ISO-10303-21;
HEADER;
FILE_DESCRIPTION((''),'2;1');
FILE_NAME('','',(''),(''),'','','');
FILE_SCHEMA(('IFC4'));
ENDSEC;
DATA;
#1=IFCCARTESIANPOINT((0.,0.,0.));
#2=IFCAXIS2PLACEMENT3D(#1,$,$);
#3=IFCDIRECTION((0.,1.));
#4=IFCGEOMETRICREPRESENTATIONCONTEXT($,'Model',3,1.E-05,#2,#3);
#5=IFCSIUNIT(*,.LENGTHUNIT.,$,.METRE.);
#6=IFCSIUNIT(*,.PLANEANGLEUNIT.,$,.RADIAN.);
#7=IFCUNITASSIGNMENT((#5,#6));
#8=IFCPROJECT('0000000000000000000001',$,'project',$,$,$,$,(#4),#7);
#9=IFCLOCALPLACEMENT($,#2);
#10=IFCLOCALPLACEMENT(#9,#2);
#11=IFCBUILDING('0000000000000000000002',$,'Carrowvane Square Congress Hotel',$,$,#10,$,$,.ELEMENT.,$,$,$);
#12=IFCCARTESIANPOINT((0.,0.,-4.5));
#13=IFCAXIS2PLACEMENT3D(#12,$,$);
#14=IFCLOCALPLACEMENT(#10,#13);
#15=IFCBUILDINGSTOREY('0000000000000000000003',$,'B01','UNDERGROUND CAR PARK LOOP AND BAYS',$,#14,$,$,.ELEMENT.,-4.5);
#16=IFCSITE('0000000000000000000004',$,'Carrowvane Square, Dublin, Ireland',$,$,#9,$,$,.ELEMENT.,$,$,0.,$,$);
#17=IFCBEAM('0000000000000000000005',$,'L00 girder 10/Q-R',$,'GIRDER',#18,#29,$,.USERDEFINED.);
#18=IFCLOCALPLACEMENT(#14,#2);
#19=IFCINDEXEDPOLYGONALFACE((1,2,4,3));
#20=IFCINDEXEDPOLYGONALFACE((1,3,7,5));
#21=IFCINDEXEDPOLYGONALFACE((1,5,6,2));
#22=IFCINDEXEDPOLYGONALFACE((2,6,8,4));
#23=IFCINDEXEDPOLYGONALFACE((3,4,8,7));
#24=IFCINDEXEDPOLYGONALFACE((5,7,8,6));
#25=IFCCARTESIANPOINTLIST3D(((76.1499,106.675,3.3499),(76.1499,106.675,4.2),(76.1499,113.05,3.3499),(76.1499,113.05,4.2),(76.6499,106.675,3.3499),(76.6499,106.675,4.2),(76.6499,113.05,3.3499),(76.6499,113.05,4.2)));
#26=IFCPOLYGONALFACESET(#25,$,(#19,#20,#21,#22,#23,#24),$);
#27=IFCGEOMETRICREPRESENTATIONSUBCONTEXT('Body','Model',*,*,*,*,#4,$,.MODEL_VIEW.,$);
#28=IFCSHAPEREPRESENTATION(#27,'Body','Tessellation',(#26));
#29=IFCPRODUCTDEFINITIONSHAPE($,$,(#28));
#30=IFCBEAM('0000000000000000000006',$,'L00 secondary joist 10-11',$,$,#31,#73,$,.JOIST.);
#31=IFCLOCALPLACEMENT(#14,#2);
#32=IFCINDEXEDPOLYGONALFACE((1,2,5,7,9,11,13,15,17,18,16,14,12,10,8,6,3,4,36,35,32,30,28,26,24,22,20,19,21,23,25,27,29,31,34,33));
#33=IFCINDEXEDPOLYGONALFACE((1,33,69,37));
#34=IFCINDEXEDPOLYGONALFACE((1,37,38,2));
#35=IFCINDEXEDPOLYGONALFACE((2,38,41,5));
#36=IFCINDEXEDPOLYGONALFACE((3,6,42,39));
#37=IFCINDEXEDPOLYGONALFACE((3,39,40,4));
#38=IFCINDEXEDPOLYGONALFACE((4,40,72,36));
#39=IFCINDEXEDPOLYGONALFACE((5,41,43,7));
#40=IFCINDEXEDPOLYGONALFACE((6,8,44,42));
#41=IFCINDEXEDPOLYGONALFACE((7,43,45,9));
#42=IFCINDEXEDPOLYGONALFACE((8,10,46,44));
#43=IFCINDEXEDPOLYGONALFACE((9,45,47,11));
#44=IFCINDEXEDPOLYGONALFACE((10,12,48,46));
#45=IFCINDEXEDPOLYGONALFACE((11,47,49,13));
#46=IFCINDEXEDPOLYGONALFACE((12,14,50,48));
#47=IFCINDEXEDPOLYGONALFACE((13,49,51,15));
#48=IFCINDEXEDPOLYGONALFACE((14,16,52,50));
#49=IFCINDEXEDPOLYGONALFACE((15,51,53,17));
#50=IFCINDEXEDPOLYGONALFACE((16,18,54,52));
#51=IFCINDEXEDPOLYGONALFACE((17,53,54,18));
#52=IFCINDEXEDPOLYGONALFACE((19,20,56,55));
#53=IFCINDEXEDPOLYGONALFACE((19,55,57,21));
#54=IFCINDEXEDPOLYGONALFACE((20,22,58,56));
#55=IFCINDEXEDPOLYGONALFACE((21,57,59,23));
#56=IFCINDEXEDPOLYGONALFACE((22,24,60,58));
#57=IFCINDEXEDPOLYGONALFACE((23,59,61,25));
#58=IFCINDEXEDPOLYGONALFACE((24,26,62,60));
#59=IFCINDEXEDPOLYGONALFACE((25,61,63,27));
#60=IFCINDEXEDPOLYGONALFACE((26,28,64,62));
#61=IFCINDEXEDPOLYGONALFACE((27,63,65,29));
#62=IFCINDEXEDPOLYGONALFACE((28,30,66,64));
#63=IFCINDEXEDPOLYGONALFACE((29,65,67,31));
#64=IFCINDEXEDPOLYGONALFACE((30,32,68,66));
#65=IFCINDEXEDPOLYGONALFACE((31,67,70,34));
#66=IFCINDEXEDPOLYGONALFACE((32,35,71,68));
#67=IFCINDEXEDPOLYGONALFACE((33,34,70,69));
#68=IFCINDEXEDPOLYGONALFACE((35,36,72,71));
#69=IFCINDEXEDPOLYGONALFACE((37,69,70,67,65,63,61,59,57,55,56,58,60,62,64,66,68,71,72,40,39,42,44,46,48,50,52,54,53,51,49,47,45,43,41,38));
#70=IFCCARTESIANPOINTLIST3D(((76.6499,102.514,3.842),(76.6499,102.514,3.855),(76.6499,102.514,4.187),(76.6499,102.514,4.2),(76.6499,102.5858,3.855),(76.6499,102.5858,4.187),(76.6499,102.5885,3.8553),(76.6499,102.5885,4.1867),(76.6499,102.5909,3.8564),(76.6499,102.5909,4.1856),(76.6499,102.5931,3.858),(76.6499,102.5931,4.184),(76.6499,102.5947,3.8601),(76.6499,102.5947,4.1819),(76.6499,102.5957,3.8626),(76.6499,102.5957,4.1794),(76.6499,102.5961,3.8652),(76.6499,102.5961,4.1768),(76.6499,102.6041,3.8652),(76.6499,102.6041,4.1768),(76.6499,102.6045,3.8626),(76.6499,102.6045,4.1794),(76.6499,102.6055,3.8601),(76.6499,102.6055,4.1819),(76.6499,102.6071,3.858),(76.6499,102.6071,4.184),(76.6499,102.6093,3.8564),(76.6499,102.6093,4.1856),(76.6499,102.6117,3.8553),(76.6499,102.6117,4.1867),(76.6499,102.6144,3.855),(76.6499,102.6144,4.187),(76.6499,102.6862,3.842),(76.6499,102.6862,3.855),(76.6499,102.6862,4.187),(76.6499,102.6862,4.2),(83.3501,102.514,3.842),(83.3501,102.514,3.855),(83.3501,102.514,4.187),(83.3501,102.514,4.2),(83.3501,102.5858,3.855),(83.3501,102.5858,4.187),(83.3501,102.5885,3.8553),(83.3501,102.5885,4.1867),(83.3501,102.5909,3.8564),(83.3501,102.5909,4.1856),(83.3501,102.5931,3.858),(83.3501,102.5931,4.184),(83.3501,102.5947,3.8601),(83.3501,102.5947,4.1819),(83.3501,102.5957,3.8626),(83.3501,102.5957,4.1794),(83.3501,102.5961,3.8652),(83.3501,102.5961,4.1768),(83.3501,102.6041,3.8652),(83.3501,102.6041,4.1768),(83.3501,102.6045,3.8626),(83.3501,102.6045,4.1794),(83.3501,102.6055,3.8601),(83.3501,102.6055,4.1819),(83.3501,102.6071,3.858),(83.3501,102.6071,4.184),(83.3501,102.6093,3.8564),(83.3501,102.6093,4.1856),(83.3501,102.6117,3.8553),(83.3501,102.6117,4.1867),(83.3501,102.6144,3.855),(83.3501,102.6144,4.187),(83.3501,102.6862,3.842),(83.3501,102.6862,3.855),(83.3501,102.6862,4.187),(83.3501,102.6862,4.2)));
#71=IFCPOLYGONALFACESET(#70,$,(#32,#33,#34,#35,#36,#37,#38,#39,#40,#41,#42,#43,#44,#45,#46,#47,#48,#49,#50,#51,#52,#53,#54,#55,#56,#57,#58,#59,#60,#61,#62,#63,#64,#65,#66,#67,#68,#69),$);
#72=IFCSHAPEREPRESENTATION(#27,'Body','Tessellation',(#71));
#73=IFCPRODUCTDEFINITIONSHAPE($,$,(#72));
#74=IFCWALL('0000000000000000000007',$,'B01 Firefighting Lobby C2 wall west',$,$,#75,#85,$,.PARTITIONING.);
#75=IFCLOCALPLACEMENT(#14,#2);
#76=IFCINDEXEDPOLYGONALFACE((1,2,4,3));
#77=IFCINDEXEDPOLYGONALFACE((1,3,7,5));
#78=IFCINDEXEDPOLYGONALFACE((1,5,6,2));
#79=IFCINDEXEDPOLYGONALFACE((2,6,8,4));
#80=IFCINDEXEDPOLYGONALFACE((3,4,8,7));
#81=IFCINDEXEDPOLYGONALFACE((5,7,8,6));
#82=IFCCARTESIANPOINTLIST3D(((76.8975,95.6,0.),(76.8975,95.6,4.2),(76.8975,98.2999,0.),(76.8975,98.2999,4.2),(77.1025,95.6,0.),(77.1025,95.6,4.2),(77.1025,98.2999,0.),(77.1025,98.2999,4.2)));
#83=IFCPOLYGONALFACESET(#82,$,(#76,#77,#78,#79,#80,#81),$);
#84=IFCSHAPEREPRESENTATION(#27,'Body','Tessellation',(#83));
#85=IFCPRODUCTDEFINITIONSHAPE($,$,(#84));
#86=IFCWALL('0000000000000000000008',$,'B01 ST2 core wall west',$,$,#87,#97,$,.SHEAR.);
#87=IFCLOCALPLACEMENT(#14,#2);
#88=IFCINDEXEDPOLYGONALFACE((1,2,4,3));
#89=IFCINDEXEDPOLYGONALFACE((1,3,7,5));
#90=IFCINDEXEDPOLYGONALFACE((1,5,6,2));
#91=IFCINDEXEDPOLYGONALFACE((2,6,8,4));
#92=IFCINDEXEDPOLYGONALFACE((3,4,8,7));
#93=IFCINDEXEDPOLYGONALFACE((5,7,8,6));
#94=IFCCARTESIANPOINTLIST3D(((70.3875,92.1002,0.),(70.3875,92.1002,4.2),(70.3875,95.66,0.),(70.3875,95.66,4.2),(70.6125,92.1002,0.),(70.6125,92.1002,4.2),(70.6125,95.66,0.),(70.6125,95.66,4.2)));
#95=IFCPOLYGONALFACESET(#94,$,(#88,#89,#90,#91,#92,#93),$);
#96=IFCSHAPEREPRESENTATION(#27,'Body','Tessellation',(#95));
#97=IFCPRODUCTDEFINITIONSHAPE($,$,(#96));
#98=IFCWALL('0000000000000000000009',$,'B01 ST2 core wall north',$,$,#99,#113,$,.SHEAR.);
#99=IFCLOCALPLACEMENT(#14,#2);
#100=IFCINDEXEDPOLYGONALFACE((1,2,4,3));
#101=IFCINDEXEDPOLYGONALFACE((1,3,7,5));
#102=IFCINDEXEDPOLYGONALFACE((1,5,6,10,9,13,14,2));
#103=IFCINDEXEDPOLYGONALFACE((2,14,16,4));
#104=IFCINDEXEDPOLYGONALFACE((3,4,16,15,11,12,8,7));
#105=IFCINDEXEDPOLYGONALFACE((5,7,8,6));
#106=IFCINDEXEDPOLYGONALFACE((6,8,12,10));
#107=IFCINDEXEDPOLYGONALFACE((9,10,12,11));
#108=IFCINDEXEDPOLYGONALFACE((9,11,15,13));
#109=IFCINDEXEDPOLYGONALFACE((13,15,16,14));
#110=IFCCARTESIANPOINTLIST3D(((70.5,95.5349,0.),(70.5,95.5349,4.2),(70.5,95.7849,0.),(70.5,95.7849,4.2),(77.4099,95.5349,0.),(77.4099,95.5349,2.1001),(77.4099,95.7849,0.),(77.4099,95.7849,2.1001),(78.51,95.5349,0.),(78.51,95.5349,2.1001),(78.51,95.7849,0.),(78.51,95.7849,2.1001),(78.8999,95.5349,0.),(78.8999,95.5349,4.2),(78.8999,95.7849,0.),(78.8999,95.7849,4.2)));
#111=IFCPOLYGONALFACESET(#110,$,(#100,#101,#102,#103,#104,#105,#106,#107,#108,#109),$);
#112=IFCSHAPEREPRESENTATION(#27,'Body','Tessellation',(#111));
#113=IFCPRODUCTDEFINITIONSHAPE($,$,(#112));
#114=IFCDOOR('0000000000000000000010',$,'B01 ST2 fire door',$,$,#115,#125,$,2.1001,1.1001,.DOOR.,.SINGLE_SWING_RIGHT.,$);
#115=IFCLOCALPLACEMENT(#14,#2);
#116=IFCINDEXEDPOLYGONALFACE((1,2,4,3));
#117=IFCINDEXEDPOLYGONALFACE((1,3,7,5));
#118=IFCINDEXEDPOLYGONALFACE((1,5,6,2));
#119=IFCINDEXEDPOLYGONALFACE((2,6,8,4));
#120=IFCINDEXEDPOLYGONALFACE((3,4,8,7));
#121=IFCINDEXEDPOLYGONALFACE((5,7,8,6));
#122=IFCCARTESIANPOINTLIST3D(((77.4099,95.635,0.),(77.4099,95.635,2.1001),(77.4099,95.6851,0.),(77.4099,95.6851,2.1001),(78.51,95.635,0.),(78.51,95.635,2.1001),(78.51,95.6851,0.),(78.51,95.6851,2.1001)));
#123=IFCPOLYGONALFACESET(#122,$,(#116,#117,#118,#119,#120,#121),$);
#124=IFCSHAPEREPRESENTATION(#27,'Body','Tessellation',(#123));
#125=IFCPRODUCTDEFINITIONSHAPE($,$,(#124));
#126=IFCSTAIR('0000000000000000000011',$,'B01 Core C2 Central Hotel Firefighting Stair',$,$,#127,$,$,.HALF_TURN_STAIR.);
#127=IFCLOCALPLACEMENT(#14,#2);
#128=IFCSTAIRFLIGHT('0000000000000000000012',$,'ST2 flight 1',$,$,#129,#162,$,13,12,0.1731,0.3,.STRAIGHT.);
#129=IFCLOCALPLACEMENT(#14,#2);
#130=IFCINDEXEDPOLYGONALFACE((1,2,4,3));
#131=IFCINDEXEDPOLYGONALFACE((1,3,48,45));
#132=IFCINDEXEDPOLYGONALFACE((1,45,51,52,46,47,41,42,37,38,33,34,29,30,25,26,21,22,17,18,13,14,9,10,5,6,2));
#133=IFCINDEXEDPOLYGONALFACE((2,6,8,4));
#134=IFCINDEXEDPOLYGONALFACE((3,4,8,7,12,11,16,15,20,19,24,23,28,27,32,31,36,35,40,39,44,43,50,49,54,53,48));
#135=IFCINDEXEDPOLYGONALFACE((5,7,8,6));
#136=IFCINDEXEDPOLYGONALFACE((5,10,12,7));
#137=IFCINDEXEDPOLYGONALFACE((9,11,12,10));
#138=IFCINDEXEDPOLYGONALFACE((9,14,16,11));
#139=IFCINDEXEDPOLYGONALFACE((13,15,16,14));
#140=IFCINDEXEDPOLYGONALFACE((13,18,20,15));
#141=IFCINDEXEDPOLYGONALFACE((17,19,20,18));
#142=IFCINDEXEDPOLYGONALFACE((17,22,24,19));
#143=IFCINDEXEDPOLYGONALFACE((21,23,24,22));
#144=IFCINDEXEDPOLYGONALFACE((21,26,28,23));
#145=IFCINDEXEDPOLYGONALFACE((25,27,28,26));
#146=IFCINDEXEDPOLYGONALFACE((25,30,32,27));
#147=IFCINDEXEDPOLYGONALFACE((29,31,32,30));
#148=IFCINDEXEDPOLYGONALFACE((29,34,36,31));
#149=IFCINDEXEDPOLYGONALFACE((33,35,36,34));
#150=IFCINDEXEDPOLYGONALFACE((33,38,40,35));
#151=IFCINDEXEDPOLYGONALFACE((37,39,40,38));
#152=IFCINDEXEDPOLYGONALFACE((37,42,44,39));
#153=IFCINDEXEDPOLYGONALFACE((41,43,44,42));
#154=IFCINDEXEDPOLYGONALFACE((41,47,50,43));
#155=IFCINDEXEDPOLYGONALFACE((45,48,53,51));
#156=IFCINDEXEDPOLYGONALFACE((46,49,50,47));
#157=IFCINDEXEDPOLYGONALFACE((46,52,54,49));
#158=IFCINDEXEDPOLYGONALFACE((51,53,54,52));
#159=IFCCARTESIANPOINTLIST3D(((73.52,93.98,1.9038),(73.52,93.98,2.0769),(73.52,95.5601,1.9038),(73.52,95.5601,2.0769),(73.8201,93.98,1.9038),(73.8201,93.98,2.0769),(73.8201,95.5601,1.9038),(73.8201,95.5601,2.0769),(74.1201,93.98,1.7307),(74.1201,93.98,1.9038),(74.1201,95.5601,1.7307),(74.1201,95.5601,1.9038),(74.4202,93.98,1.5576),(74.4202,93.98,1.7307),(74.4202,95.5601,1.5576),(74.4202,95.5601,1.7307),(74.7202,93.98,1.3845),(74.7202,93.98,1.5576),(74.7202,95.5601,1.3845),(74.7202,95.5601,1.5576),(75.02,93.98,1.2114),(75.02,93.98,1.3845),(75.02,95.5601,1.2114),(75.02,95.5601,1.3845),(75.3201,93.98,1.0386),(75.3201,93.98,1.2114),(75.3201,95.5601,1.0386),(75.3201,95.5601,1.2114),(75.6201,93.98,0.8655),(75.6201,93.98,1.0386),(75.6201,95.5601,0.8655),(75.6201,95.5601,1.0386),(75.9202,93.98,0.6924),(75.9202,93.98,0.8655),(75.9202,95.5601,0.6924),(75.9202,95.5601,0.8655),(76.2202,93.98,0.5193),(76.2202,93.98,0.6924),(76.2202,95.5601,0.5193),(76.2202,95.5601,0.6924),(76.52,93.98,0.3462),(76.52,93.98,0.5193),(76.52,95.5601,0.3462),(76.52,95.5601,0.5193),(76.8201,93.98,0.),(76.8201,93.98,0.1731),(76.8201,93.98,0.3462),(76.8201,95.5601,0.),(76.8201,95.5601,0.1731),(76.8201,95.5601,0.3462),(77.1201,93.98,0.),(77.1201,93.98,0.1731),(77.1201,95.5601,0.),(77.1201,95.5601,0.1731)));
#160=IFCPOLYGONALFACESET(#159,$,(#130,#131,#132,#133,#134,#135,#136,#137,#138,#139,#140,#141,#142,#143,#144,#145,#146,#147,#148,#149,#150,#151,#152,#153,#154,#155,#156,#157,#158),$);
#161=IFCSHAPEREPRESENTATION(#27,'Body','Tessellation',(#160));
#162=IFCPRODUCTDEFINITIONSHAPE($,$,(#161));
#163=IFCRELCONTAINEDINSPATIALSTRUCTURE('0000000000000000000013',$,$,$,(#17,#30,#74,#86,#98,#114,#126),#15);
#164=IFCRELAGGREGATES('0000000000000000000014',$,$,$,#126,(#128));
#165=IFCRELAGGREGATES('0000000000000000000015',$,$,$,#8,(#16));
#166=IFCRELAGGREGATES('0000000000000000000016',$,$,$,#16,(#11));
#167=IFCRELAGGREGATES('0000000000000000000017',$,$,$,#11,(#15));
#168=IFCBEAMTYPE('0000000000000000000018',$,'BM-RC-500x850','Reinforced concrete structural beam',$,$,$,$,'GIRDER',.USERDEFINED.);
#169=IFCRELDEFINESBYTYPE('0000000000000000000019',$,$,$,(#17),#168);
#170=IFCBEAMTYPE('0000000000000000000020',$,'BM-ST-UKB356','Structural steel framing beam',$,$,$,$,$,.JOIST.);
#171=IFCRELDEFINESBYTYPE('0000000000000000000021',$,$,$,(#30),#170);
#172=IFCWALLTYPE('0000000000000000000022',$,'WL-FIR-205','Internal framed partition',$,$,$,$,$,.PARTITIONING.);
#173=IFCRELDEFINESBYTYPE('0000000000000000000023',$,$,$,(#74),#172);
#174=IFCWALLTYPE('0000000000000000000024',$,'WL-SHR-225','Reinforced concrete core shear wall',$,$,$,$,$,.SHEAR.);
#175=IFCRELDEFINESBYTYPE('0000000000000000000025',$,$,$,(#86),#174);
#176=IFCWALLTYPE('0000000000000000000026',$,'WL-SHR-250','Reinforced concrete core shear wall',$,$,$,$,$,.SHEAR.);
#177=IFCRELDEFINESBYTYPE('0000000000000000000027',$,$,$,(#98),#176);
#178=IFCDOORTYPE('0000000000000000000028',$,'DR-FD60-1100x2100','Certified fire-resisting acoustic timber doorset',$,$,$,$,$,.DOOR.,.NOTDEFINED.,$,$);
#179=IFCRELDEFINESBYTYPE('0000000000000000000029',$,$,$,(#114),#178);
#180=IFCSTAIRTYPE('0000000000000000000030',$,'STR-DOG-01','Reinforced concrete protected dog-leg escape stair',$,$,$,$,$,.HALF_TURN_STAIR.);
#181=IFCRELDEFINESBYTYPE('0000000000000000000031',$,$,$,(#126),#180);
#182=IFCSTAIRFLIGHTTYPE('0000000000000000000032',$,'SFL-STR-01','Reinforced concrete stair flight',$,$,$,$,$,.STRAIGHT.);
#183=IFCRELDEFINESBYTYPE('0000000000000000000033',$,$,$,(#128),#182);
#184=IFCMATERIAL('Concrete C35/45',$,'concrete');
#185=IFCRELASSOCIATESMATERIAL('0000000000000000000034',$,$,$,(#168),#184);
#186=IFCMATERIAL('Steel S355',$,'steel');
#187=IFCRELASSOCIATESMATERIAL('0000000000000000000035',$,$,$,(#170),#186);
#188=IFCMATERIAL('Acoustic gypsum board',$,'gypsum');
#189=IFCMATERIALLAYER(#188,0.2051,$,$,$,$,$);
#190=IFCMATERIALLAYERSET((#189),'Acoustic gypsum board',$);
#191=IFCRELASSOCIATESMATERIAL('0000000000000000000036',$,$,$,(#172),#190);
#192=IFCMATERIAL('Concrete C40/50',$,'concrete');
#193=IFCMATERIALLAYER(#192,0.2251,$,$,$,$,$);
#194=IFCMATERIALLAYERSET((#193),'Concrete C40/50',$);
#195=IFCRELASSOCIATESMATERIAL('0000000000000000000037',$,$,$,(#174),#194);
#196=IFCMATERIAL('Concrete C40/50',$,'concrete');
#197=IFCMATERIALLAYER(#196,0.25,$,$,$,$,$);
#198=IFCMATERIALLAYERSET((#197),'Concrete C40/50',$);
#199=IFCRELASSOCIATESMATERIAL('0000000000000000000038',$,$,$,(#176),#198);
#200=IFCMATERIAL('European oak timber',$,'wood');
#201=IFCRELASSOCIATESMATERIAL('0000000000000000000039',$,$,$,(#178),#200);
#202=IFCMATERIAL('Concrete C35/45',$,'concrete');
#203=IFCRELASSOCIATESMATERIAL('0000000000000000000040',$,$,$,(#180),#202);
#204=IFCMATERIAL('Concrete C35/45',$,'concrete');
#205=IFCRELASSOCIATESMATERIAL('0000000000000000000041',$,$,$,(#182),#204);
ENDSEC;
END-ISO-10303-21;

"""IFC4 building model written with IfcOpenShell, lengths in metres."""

from ifc_helpers import new_model, si_unit, direction, frame, frame_2d, origin, origin_2d, place, context, subcontext, project, spatial, polyline, rectangle, i_section, outline, extrude, material, layer, layer_set, material_profile, profile_set, type_object, element, fill, aggregate, save


model = new_model("IFC4")

# Units and contexts
model_context = context("Model", 3, precision=1e-05, world=origin(), true_north=direction((0.0, 1.0)))
body_context = subcontext(model_context, "Body", "Model", "MODEL_VIEW")
ifc_project = project(units=[si_unit("LENGTHUNIT", "METRE"), si_unit("PLANEANGLEUNIT", "RADIAN")], contexts=[model_context])

# Site, building, storey
site_placement = place(None, origin())
site = spatial("IfcSite", under=ifc_project, at=site_placement, Name="Carrowvane Square, Dublin, Ireland", CompositionType="ELEMENT", RefElevation=0.0)
building_placement = place(site_placement, origin())
building = spatial("IfcBuilding", under=site, at=building_placement, Name="Carrowvane Square Congress Hotel", CompositionType="ELEMENT")
storey_placement = place(building_placement, frame((0.0, 0.0, -4.5)))
storey = spatial("IfcBuildingStorey", under=building, at=storey_placement, Name="B01", Description="UNDERGROUND CAR PARK LOOP AND BAYS", CompositionType="ELEMENT", Elevation=-4.5)

# Beams
ifc_material_1 = material(Name="Concrete C35/45", Category="concrete")
ifc_material_profile_1 = material_profile(ifc_material_1, rectangle(XDim=0.5, YDim=0.8501, at=origin_2d()), Name="RC 500x850")
ifc_profile_set_1 = profile_set([ifc_material_profile_1], Name="Concrete C35/45")
beam_type_1 = type_object("IfcBeamType", Name="BM-RC-500x850", Description="Reinforced concrete structural beam", ElementType="GIRDER", PredefinedType="USERDEFINED", material=ifc_profile_set_1)
beam_1_placement = place(storey_placement, frame((76.3999, 106.675, 3.7749), z_axis=(0.0, 1.0, 0.0), x_axis=(-1.0, 0.0, 0.0)))
element("IfcBeam", 1, at=beam_1_placement, inside=storey, type_object=beam_type_1, Name="L00 girder 10/Q-R", ObjectType="GIRDER", PredefinedType="USERDEFINED", context=body_context, shape_type="SweptSolid", body=[
    extrude(rectangle(XDim=0.5, YDim=0.8501, at=origin_2d()), origin(), (0.0, 0.0, 1.0), 6.375),
])
ifc_material_2 = material(Name="Steel S355", Category="steel")
ifc_material_profile_2 = material_profile(ifc_material_2, i_section(OverallWidth=0.1721, OverallDepth=0.3579, WebThickness=0.0081, FlangeThickness=0.0129, FilletRadius=0.0103, at=origin_2d()), Name="UKB 356x171x57")
ifc_profile_set_2 = profile_set([ifc_material_profile_2], Name="Steel S355")
beam_type_2 = type_object("IfcBeamType", Name="BM-ST-UKB356", Description="Structural steel framing beam", PredefinedType="JOIST", material=ifc_profile_set_2)
beam_2_placement = place(storey_placement, frame((76.6499, 102.6001, 4.021), z_axis=(1.0, 0.0, 0.0), x_axis=(0.0, 1.0, 0.0)))
element("IfcBeam", 2, at=beam_2_placement, inside=storey, type_object=beam_type_2, Name="L00 secondary joist 10-11", PredefinedType="JOIST", context=body_context, shape_type="SweptSolid", body=[
    extrude(i_section(OverallWidth=0.1721, OverallDepth=0.3579, WebThickness=0.0081, FlangeThickness=0.0129, FilletRadius=0.0103, at=origin_2d()), origin(), (0.0, 0.0, 1.0), 6.7002),
])

# Walls
ifc_material_3 = material(Name="Acoustic gypsum board", Category="gypsum")
ifc_layer_1 = layer(ifc_material_3, 0.2051)
ifc_layer_set_1 = layer_set([ifc_layer_1], Name="Acoustic gypsum board")
wall_type_1 = type_object("IfcWallType", Name="WL-FIR-205", Description="Internal framed partition", PredefinedType="PARTITIONING", material=ifc_layer_set_1)
wall_1_placement = place(storey_placement, frame((77.0, 98.3, 0.0), z_axis=(0.0, 0.0, 1.0), x_axis=(0.0, -1.0, 0.0)))
element("IfcWall", 3, at=wall_1_placement, inside=storey, type_object=wall_type_1, Name="B01 Firefighting Lobby C2 wall west", PredefinedType="PARTITIONING", context=body_context, shape_type="SweptSolid", body=[
    extrude(rectangle(XDim=2.7, YDim=0.2051, at=frame_2d((1.3501, 0.0))), origin(), (0.0, 0.0, 1.0), 4.2),
])
ifc_material_4 = material(Name="Concrete C40/50", Category="concrete")
ifc_layer_2 = layer(ifc_material_4, 0.2251)
ifc_layer_set_2 = layer_set([ifc_layer_2], Name="Concrete C40/50")
wall_type_2 = type_object("IfcWallType", Name="WL-SHR-225", Description="Reinforced concrete core shear wall", PredefinedType="SHEAR", material=ifc_layer_set_2)
wall_2_placement = place(storey_placement, frame((70.5, 95.6599, 0.0), z_axis=(0.0, 0.0, 1.0), x_axis=(0.0, -1.0, 0.0)))
element("IfcWall", 4, at=wall_2_placement, inside=storey, type_object=wall_type_2, Name="B01 ST2 core wall west", PredefinedType="SHEAR", context=body_context, shape_type="SweptSolid", body=[
    extrude(rectangle(XDim=3.5598, YDim=0.2251, at=frame_2d((1.7798, 0.0))), origin(), (0.0, 0.0, 1.0), 4.2),
])

# Wall, opening, door
ifc_material_5 = material(Name="Concrete C40/50", Category="concrete")
ifc_layer_3 = layer(ifc_material_5, 0.25)
ifc_layer_set_3 = layer_set([ifc_layer_3], Name="Concrete C40/50")
wall_type_3 = type_object("IfcWallType", Name="WL-SHR-250", Description="Reinforced concrete core shear wall", PredefinedType="SHEAR", material=ifc_layer_set_3)
wall_3_placement = place(storey_placement, frame((78.8999, 95.6599, 0.0), z_axis=(0.0, 0.0, 1.0), x_axis=(-1.0, 0.0, 0.0)))
wall_3 = element("IfcWall", 5, at=wall_3_placement, inside=storey, type_object=wall_type_3, Name="B01 ST2 core wall north", PredefinedType="SHEAR", context=body_context, shape_type="SweptSolid", body=[
    extrude(rectangle(XDim=8.3999, YDim=0.25, at=frame_2d((4.2, 0.0))), origin(), (0.0, 0.0, 1.0), 4.2),
])
opening_placement = place(wall_3_placement, frame((0.3899, 0.0, 0.0)))
opening = element("IfcOpeningElement", 6, at=opening_placement, cuts=wall_3, PredefinedType="OPENING", context=body_context, shape_type="SweptSolid", body=[
    extrude(rectangle(XDim=1.1001, YDim=2.1001, at=frame_2d((0.55, 1.05))), frame((0.0, 0.135, 0.0), z_axis=(0.0, -1.0, 0.0), x_axis=(1.0, 0.0, 0.0)), (0.0, 0.0, 1.0), 0.27),
])
ifc_material_6 = material(Name="European oak timber", Category="wood")
door_type = type_object("IfcDoorType", Name="DR-FD60-1100x2100", Description="Certified fire-resisting acoustic timber doorset", OperationType="NOTDEFINED", PredefinedType="DOOR", material=ifc_material_6)
door_placement = place(opening_placement, origin())
door = element("IfcDoor", 7, at=door_placement, inside=storey, type_object=door_type, Name="B01 ST2 fire door", OperationType="SINGLE_SWING_RIGHT", OverallHeight=2.1001, OverallWidth=1.1001, PredefinedType="DOOR", context=body_context, shape_type="SweptSolid", body=[
    extrude(rectangle(XDim=1.1001, YDim=2.1001, at=frame_2d((0.55, 1.05))), frame((0.0, 0.0249, 0.0), z_axis=(0.0, -1.0, 0.0), x_axis=(1.0, 0.0, 0.0)), (0.0, 0.0, 1.0), 0.05),
])
fill(opening, door)

# Stair, stair flight
ifc_material_7 = material(Name="Concrete C35/45", Category="concrete")
stair_type = type_object("IfcStairType", Name="STR-DOG-01", Description="Reinforced concrete protected dog-leg escape stair", PredefinedType="HALF_TURN_STAIR", material=ifc_material_7)
stair_placement = place(storey_placement, origin())
stair = element("IfcStair", 8, at=stair_placement, inside=storey, type_object=stair_type, Name="B01 Core C2 Central Hotel Firefighting Stair", PredefinedType="HALF_TURN_STAIR")
ifc_material_8 = material(Name="Concrete C35/45", Category="concrete")
stair_flight_type = type_object("IfcStairFlightType", Name="SFL-STR-01", Description="Reinforced concrete stair flight", PredefinedType="STRAIGHT", material=ifc_material_8)
stair_flight_placement = place(storey_placement, frame((77.1201, 94.77, 0.0), z_axis=(0.0, 0.0, 1.0), x_axis=(-1.0, 0.0, 0.0)))
stair_flight = element("IfcStairFlight", 9, at=stair_flight_placement, type_object=stair_flight_type, Name="ST2 flight 1", NumberOfRisers=13, NumberOfTreads=12, PredefinedType="STRAIGHT", RiserHeight=0.1731, TreadLength=0.3, context=body_context, shape_type="SweptSolid", body=[
    extrude(outline(polyline([(0.0, 0.0), (0.0, 0.1731), (0.3, 0.1731), (0.3, 0.3462), (0.6001, 0.3462), (0.6001, 0.5193), (0.8999, 0.5193), (0.8999, 0.6924), (1.2, 0.6924), (1.2, 0.8655), (1.5, 0.8655), (1.5, 1.0386), (1.8, 1.0386), (1.8, 1.2114), (2.1001, 1.2114), (2.1001, 1.3845), (2.3999, 1.3845), (2.3999, 1.5576), (2.7, 1.5576), (2.7, 1.7307), (3.0, 1.7307), (3.0, 1.9038), (3.3, 1.9038), (3.3, 2.0769), (3.6001, 2.0769), (3.6001, 2.25), (3.6001, 1.9038), (0.3, 0.0), (0.0, 0.0)])), frame((0.0, 0.79, 0.0), z_axis=(0.0, -1.0, 0.0), x_axis=(1.0, 0.0, 0.0)), (0.0, 0.0, 1.0), 1.5801),
])
aggregate(stair, [stair_flight])

save(model, "model.ifc")
